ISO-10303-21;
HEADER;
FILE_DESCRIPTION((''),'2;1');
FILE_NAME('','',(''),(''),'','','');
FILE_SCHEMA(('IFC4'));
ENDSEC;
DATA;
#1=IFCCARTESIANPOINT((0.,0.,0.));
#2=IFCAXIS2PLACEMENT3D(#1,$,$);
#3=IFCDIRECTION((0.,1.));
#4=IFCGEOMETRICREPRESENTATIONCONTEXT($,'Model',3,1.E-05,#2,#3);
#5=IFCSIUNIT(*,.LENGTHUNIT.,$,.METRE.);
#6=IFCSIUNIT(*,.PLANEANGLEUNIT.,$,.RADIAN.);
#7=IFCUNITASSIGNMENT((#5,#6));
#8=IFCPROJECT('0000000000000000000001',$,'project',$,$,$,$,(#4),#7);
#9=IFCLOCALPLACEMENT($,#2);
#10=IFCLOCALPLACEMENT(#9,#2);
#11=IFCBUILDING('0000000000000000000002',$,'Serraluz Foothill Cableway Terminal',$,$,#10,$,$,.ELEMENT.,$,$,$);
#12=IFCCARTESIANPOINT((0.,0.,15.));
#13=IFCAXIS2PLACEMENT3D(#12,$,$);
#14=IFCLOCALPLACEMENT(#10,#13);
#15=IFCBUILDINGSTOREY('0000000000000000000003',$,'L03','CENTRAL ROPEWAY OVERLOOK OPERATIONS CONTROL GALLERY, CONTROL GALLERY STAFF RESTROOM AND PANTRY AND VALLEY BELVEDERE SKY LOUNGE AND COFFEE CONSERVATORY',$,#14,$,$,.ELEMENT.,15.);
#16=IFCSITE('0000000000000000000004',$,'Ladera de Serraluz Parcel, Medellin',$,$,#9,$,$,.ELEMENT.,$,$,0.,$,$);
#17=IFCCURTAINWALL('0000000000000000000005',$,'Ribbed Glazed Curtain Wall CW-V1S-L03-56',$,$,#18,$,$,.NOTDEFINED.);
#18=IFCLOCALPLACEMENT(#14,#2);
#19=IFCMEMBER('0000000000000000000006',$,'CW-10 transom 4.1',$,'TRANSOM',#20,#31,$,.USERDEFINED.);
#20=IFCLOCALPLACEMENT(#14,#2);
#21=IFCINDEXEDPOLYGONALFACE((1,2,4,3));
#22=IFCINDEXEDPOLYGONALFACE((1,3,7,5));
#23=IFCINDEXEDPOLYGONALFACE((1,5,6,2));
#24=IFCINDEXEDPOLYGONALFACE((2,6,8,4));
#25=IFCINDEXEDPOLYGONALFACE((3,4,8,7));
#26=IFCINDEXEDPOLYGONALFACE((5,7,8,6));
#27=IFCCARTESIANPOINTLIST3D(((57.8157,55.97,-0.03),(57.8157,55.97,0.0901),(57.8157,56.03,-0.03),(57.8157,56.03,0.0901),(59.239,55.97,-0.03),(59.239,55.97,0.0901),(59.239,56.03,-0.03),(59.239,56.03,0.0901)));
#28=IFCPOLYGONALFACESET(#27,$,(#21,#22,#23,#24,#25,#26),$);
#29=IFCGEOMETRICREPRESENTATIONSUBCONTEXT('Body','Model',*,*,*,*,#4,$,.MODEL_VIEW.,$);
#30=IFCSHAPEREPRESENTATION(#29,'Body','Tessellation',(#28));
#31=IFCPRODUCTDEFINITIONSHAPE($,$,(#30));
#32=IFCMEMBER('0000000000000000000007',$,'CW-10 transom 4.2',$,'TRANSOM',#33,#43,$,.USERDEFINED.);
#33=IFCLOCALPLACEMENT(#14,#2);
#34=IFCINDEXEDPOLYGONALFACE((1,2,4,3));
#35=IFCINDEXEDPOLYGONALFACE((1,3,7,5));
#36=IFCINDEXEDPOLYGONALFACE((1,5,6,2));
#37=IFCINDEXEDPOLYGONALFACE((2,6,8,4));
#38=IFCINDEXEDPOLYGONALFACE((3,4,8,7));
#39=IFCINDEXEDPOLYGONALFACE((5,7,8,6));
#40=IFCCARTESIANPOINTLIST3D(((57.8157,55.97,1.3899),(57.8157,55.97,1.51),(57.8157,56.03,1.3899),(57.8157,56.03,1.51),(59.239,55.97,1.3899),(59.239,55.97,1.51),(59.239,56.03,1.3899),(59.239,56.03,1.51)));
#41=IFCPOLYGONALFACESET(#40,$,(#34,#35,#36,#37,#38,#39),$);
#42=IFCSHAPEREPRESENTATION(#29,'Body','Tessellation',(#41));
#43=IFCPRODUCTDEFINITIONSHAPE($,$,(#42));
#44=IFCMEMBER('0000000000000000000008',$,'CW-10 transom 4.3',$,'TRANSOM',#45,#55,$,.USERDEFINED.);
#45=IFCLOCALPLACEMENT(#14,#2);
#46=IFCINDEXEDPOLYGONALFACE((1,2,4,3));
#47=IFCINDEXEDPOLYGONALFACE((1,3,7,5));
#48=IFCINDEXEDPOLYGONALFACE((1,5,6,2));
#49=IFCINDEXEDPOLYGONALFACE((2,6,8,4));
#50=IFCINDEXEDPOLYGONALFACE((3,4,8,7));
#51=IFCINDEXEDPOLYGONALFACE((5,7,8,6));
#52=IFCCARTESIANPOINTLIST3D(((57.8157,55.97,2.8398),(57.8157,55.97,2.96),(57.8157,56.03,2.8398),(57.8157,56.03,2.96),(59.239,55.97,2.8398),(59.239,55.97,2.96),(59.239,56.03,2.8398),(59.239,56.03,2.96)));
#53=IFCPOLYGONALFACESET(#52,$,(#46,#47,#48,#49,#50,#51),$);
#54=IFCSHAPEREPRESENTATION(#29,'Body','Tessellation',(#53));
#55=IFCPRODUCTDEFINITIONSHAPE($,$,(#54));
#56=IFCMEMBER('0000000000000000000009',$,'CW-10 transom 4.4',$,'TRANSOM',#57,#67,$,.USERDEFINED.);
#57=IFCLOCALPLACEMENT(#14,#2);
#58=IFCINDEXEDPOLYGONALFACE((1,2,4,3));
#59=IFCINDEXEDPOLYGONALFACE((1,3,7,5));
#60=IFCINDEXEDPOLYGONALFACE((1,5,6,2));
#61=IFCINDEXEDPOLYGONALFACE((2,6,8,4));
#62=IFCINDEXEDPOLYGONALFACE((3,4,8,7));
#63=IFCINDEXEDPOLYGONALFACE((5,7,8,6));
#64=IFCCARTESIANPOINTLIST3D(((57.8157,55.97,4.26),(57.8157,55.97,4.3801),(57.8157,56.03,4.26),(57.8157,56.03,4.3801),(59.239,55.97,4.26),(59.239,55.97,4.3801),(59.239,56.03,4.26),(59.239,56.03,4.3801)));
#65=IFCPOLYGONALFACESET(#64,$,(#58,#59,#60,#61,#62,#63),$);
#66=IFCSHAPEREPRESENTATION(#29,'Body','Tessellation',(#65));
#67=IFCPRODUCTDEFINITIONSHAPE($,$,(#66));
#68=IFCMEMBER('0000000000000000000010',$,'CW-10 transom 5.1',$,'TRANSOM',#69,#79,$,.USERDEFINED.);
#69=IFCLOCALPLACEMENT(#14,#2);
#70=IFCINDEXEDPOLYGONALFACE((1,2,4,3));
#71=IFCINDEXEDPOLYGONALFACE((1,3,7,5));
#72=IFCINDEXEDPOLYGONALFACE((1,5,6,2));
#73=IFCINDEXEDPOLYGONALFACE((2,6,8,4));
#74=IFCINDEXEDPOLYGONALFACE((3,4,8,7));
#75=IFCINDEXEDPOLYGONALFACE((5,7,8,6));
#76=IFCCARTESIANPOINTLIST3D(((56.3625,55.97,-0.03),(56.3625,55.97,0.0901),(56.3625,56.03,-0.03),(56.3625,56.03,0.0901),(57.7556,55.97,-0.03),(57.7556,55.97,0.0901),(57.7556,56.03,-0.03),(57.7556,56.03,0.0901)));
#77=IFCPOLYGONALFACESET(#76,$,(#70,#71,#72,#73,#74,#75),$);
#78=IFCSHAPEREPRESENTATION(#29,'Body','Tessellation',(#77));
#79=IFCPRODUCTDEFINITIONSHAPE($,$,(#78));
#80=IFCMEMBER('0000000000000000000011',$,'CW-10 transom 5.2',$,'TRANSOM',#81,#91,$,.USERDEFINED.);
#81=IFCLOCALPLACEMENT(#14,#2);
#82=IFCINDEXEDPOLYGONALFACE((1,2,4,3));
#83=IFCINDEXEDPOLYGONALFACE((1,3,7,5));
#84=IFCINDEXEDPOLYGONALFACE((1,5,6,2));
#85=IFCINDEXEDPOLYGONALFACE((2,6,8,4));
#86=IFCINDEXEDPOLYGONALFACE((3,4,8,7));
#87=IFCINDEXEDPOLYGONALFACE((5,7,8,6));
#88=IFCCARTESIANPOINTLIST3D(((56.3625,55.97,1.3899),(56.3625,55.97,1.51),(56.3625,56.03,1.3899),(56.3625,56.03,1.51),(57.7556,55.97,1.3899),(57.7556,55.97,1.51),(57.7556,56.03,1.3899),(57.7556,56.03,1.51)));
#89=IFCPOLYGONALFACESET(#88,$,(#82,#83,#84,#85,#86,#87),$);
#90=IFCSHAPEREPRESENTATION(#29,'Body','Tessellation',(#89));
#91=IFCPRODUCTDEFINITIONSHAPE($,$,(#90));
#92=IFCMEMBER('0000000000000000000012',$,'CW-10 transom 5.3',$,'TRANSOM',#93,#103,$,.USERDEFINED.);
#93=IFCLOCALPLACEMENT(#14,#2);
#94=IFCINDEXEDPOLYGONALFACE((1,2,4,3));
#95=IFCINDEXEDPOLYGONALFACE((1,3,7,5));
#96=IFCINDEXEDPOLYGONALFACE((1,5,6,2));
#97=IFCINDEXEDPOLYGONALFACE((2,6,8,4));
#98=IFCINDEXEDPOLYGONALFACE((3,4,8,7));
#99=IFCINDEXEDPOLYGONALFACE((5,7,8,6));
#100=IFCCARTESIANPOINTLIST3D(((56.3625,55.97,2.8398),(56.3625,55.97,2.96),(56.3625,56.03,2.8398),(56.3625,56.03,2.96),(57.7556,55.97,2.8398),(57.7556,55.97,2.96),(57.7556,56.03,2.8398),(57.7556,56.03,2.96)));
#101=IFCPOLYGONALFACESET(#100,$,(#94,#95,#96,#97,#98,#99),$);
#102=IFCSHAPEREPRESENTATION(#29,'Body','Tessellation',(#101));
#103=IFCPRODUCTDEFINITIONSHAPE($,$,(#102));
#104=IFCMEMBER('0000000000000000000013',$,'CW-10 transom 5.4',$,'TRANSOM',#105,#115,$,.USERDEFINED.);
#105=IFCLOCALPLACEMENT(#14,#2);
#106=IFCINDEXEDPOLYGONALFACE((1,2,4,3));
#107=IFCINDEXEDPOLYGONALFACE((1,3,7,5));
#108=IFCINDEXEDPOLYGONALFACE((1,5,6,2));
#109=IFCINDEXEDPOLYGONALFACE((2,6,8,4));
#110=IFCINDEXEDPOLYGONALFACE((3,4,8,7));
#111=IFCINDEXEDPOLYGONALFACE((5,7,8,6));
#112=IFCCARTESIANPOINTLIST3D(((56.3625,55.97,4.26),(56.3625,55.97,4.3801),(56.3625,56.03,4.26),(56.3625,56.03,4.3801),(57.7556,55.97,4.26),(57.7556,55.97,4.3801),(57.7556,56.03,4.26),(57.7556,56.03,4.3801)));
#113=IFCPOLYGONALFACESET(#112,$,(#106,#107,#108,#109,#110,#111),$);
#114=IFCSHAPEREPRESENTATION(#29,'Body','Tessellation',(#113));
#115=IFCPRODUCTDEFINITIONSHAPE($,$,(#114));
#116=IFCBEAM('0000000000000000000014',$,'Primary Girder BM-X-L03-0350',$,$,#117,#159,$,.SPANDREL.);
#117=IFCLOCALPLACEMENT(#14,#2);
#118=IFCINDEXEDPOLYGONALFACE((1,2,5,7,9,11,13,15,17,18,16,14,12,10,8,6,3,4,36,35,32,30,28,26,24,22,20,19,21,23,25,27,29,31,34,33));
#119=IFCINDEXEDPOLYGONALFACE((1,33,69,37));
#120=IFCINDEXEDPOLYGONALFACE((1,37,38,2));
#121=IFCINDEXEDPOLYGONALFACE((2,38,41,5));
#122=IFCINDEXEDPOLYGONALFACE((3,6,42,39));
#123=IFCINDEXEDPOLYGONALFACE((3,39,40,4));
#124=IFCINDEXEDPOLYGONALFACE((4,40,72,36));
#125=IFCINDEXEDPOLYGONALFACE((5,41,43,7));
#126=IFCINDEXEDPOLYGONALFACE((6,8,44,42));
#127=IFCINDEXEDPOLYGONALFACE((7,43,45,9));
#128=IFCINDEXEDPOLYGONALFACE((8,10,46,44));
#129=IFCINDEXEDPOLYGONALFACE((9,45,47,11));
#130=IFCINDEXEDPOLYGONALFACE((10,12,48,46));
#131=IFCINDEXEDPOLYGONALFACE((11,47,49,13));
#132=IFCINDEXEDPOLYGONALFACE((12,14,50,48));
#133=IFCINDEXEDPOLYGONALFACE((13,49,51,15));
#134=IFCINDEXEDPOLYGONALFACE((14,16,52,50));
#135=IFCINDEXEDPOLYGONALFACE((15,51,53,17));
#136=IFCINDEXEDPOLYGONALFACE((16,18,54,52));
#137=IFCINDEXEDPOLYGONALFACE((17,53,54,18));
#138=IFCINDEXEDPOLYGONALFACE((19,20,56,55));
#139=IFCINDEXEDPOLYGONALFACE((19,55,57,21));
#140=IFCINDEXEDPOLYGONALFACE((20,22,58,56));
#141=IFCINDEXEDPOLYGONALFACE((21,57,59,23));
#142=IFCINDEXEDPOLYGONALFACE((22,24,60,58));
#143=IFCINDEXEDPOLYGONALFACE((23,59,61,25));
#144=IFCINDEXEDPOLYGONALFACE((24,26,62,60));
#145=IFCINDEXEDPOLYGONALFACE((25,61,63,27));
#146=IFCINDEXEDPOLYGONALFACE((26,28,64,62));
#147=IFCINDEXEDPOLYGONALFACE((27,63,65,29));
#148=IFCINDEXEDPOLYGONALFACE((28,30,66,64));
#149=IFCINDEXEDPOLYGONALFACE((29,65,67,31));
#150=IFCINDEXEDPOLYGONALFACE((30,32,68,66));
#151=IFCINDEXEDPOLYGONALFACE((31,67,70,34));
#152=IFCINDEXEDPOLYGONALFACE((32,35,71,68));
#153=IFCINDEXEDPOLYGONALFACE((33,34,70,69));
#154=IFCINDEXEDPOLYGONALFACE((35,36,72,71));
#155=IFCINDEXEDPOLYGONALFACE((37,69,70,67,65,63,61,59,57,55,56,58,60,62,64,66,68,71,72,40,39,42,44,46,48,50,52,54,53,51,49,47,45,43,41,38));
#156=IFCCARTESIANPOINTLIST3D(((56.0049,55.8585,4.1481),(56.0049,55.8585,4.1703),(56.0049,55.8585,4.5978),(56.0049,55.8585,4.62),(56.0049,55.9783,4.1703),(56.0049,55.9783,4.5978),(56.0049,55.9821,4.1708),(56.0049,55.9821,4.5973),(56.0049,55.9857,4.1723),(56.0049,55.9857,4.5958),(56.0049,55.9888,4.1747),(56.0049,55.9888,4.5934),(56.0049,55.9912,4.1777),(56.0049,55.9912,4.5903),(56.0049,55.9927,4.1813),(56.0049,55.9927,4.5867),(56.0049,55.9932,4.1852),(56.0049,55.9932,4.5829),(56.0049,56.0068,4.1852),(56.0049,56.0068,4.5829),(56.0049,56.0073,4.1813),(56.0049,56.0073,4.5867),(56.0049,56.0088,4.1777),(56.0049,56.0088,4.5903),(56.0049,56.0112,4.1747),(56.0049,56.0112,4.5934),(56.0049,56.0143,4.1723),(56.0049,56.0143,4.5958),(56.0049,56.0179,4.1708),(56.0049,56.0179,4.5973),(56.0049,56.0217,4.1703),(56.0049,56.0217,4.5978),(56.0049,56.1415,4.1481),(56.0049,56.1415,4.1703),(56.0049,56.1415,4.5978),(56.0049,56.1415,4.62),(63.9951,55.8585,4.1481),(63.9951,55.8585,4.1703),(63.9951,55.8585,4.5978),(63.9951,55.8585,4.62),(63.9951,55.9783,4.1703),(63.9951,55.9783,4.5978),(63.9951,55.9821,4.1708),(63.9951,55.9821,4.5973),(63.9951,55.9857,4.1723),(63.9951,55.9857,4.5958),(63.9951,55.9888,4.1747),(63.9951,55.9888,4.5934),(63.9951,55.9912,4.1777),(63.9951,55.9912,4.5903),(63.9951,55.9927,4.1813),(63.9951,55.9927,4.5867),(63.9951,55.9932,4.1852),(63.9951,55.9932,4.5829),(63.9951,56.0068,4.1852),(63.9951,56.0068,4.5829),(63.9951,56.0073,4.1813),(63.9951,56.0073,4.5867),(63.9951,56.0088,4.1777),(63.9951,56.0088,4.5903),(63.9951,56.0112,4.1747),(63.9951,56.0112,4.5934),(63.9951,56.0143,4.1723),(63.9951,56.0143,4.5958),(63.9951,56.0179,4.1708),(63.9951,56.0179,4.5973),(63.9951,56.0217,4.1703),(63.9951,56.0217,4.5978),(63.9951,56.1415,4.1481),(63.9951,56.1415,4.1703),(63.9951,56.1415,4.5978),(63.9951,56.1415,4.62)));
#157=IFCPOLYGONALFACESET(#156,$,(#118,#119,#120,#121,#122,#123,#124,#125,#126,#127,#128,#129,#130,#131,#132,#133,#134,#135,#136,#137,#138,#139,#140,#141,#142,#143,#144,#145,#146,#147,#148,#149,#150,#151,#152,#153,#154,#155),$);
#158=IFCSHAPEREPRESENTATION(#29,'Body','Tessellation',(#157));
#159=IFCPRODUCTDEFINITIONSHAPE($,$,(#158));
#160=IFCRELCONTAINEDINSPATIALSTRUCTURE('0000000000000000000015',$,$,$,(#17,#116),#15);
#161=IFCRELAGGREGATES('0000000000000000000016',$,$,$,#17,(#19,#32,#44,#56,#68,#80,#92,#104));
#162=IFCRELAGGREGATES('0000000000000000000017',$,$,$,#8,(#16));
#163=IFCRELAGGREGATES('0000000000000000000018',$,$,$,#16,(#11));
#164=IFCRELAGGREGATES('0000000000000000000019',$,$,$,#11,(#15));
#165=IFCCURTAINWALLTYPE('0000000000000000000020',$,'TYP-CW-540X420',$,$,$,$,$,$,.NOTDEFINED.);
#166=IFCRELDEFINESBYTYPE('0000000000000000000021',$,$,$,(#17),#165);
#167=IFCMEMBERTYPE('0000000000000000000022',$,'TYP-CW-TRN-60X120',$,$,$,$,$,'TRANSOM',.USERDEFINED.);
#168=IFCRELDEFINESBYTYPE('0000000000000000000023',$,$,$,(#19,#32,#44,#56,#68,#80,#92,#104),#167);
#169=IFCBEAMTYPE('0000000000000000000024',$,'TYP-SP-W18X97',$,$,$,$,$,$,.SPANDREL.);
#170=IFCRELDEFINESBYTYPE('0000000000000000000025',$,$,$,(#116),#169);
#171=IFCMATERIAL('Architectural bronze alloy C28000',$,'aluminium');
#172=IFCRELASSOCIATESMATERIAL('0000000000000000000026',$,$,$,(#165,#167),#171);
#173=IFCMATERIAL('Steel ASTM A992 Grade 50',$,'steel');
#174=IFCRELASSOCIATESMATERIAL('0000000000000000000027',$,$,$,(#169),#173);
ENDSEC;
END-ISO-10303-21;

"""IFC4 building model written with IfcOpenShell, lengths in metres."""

from ifc_helpers import new_model, si_unit, direction, frame, origin, origin_2d, place, context, subcontext, project, spatial, rectangle, i_section, extrude, material, material_profile, profile_set, type_object, element, aggregate, save


model = new_model("IFC4")

# Units and contexts
model_context = context("Model", 3, precision=1e-05, world=origin(), true_north=direction((0.0, 1.0)))
body_context = subcontext(model_context, "Body", "Model", "MODEL_VIEW")
ifc_project = project(units=[si_unit("LENGTHUNIT", "METRE"), si_unit("PLANEANGLEUNIT", "RADIAN")], contexts=[model_context])

# Site, building, storey
site_placement = place(None, origin())
site = spatial("IfcSite", under=ifc_project, at=site_placement, Name="Ladera de Serraluz Parcel, Medellin", CompositionType="ELEMENT", RefElevation=0.0)
building_placement = place(site_placement, origin())
building = spatial("IfcBuilding", under=site, at=building_placement, Name="Serraluz Foothill Cableway Terminal", CompositionType="ELEMENT")
storey_placement = place(building_placement, frame((0.0, 0.0, 15.0)))
storey = spatial("IfcBuildingStorey", under=building, at=storey_placement, Name="L03", Description="CENTRAL ROPEWAY OVERLOOK OPERATIONS CONTROL GALLERY, CONTROL GALLERY STAFF RESTROOM AND PANTRY AND VALLEY BELVEDERE SKY LOUNGE AND COFFEE CONSERVATORY", CompositionType="ELEMENT", Elevation=15.0)

# Shared definitions
ifc_material_1 = material(Name="Steel ASTM A992 Grade 50", Category="steel")

# Shared definitions
ifc_material_2 = material(Name="Architectural bronze alloy C28000", Category="aluminium")

# Curtain wall
curtain_wall_type_1 = type_object("IfcCurtainWallType", Name="TYP-CW-540X420", PredefinedType="NOTDEFINED", material=ifc_material_2)
curtain_wall_1_placement = place(storey_placement, origin())
curtain_wall_1 = element("IfcCurtainWall", 1, at=curtain_wall_1_placement, inside=storey, type_object=curtain_wall_type_1, Name="Ribbed Glazed Curtain Wall CW-V1S-L03-56", PredefinedType="NOTDEFINED")

# Members
ifc_material_profile_1 = material_profile(ifc_material_2, rectangle(XDim=0.0601, YDim=0.1201, at=origin_2d()), Name="ALU TRANSOM 60x120")
ifc_profile_set_1 = profile_set([ifc_material_profile_1], Name="Architectural bronze alloy C28000")
member_type_1 = type_object("IfcMemberType", Name="TYP-CW-TRN-60X120", ElementType="TRANSOM", PredefinedType="USERDEFINED", material=ifc_profile_set_1)
member_1_placement = place(storey_placement, frame((59.239, 56.0, 0.03), z_axis=(-1.0, 0.0, 0.0), x_axis=(0.0, -1.0, 0.0)))
member_1 = element("IfcMember", 2, at=member_1_placement, type_object=member_type_1, Name="CW-10 transom 4.1", ObjectType="TRANSOM", PredefinedType="USERDEFINED", context=body_context, shape_type="SweptSolid", body=[
    extrude(rectangle(XDim=0.0601, YDim=0.1201, at=origin_2d()), origin(), (0.0, 0.0, 1.0), 1.4233),
])
member_2_placement = place(storey_placement, frame((59.239, 56.0, 1.45), z_axis=(-1.0, 0.0, 0.0), x_axis=(0.0, -1.0, 0.0)))
member_2 = element("IfcMember", 3, at=member_2_placement, type_object=member_type_1, Name="CW-10 transom 4.2", ObjectType="TRANSOM", PredefinedType="USERDEFINED", context=body_context, shape_type="SweptSolid", body=[
    extrude(rectangle(XDim=0.0601, YDim=0.1201, at=origin_2d()), origin(), (0.0, 0.0, 1.0), 1.4233),
])
member_3_placement = place(storey_placement, frame((59.239, 56.0, 2.8999), z_axis=(-1.0, 0.0, 0.0), x_axis=(0.0, -1.0, 0.0)))
member_3 = element("IfcMember", 4, at=member_3_placement, type_object=member_type_1, Name="CW-10 transom 4.3", ObjectType="TRANSOM", PredefinedType="USERDEFINED", context=body_context, shape_type="SweptSolid", body=[
    extrude(rectangle(XDim=0.0601, YDim=0.1201, at=origin_2d()), origin(), (0.0, 0.0, 1.0), 1.4233),
])
member_4_placement = place(storey_placement, frame((59.239, 56.0, 4.3201), z_axis=(-1.0, 0.0, 0.0), x_axis=(0.0, -1.0, 0.0)))
member_4 = element("IfcMember", 5, at=member_4_placement, type_object=member_type_1, Name="CW-10 transom 4.4", ObjectType="TRANSOM", PredefinedType="USERDEFINED", context=body_context, shape_type="SweptSolid", body=[
    extrude(rectangle(XDim=0.0601, YDim=0.1201, at=origin_2d()), origin(), (0.0, 0.0, 1.0), 1.4233),
])
member_5_placement = place(storey_placement, frame((57.7556, 56.0, 0.03), z_axis=(-1.0, 0.0, 0.0), x_axis=(0.0, -1.0, 0.0)))
member_5 = element("IfcMember", 6, at=member_5_placement, type_object=member_type_1, Name="CW-10 transom 5.1", ObjectType="TRANSOM", PredefinedType="USERDEFINED", context=body_context, shape_type="SweptSolid", body=[
    extrude(rectangle(XDim=0.0601, YDim=0.1201, at=origin_2d()), origin(), (0.0, 0.0, 1.0), 1.3931),
])
member_6_placement = place(storey_placement, frame((57.7556, 56.0, 1.45), z_axis=(-1.0, 0.0, 0.0), x_axis=(0.0, -1.0, 0.0)))
member_6 = element("IfcMember", 7, at=member_6_placement, type_object=member_type_1, Name="CW-10 transom 5.2", ObjectType="TRANSOM", PredefinedType="USERDEFINED", context=body_context, shape_type="SweptSolid", body=[
    extrude(rectangle(XDim=0.0601, YDim=0.1201, at=origin_2d()), origin(), (0.0, 0.0, 1.0), 1.3931),
])
member_7_placement = place(storey_placement, frame((57.7556, 56.0, 2.8999), z_axis=(-1.0, 0.0, 0.0), x_axis=(0.0, -1.0, 0.0)))
member_7 = element("IfcMember", 8, at=member_7_placement, type_object=member_type_1, Name="CW-10 transom 5.3", ObjectType="TRANSOM", PredefinedType="USERDEFINED", context=body_context, shape_type="SweptSolid", body=[
    extrude(rectangle(XDim=0.0601, YDim=0.1201, at=origin_2d()), origin(), (0.0, 0.0, 1.0), 1.3931),
])
member_8_placement = place(storey_placement, frame((57.7556, 56.0, 4.3201), z_axis=(-1.0, 0.0, 0.0), x_axis=(0.0, -1.0, 0.0)))
member_8 = element("IfcMember", 9, at=member_8_placement, type_object=member_type_1, Name="CW-10 transom 5.4", ObjectType="TRANSOM", PredefinedType="USERDEFINED", context=body_context, shape_type="SweptSolid", body=[
    extrude(rectangle(XDim=0.0601, YDim=0.1201, at=origin_2d()), origin(), (0.0, 0.0, 1.0), 1.3931),
])

# Beam
ifc_material_profile_2 = material_profile(ifc_material_1, i_section(OverallWidth=0.283, OverallDepth=0.4719, WebThickness=0.0137, FlangeThickness=0.0222, FilletRadius=0.0149, at=origin_2d()), Name="W18X97")
ifc_profile_set_2 = profile_set([ifc_material_profile_2], Name="Steel ASTM A992 Grade 50")
beam_type_1 = type_object("IfcBeamType", Name="TYP-SP-W18X97", PredefinedType="SPANDREL", material=ifc_profile_set_2)
beam_1_placement = place(storey_placement, frame((56.0049, 56.0, 4.384), z_axis=(1.0, 0.0, 0.0), x_axis=(0.0, 1.0, 0.0)))
element("IfcBeam", 10, at=beam_1_placement, inside=storey, type_object=beam_type_1, Name="Primary Girder BM-X-L03-0350", PredefinedType="SPANDREL", context=body_context, shape_type="SweptSolid", body=[
    extrude(i_section(OverallWidth=0.283, OverallDepth=0.4719, WebThickness=0.0137, FlangeThickness=0.0222, FilletRadius=0.0149, at=origin_2d()), origin(), (0.0, 0.0, 1.0), 7.9902),
])

aggregate(curtain_wall_1, [member_1, member_2, member_3, member_4, member_5, member_6, member_7, member_8])

save(model, "model.ifc")
